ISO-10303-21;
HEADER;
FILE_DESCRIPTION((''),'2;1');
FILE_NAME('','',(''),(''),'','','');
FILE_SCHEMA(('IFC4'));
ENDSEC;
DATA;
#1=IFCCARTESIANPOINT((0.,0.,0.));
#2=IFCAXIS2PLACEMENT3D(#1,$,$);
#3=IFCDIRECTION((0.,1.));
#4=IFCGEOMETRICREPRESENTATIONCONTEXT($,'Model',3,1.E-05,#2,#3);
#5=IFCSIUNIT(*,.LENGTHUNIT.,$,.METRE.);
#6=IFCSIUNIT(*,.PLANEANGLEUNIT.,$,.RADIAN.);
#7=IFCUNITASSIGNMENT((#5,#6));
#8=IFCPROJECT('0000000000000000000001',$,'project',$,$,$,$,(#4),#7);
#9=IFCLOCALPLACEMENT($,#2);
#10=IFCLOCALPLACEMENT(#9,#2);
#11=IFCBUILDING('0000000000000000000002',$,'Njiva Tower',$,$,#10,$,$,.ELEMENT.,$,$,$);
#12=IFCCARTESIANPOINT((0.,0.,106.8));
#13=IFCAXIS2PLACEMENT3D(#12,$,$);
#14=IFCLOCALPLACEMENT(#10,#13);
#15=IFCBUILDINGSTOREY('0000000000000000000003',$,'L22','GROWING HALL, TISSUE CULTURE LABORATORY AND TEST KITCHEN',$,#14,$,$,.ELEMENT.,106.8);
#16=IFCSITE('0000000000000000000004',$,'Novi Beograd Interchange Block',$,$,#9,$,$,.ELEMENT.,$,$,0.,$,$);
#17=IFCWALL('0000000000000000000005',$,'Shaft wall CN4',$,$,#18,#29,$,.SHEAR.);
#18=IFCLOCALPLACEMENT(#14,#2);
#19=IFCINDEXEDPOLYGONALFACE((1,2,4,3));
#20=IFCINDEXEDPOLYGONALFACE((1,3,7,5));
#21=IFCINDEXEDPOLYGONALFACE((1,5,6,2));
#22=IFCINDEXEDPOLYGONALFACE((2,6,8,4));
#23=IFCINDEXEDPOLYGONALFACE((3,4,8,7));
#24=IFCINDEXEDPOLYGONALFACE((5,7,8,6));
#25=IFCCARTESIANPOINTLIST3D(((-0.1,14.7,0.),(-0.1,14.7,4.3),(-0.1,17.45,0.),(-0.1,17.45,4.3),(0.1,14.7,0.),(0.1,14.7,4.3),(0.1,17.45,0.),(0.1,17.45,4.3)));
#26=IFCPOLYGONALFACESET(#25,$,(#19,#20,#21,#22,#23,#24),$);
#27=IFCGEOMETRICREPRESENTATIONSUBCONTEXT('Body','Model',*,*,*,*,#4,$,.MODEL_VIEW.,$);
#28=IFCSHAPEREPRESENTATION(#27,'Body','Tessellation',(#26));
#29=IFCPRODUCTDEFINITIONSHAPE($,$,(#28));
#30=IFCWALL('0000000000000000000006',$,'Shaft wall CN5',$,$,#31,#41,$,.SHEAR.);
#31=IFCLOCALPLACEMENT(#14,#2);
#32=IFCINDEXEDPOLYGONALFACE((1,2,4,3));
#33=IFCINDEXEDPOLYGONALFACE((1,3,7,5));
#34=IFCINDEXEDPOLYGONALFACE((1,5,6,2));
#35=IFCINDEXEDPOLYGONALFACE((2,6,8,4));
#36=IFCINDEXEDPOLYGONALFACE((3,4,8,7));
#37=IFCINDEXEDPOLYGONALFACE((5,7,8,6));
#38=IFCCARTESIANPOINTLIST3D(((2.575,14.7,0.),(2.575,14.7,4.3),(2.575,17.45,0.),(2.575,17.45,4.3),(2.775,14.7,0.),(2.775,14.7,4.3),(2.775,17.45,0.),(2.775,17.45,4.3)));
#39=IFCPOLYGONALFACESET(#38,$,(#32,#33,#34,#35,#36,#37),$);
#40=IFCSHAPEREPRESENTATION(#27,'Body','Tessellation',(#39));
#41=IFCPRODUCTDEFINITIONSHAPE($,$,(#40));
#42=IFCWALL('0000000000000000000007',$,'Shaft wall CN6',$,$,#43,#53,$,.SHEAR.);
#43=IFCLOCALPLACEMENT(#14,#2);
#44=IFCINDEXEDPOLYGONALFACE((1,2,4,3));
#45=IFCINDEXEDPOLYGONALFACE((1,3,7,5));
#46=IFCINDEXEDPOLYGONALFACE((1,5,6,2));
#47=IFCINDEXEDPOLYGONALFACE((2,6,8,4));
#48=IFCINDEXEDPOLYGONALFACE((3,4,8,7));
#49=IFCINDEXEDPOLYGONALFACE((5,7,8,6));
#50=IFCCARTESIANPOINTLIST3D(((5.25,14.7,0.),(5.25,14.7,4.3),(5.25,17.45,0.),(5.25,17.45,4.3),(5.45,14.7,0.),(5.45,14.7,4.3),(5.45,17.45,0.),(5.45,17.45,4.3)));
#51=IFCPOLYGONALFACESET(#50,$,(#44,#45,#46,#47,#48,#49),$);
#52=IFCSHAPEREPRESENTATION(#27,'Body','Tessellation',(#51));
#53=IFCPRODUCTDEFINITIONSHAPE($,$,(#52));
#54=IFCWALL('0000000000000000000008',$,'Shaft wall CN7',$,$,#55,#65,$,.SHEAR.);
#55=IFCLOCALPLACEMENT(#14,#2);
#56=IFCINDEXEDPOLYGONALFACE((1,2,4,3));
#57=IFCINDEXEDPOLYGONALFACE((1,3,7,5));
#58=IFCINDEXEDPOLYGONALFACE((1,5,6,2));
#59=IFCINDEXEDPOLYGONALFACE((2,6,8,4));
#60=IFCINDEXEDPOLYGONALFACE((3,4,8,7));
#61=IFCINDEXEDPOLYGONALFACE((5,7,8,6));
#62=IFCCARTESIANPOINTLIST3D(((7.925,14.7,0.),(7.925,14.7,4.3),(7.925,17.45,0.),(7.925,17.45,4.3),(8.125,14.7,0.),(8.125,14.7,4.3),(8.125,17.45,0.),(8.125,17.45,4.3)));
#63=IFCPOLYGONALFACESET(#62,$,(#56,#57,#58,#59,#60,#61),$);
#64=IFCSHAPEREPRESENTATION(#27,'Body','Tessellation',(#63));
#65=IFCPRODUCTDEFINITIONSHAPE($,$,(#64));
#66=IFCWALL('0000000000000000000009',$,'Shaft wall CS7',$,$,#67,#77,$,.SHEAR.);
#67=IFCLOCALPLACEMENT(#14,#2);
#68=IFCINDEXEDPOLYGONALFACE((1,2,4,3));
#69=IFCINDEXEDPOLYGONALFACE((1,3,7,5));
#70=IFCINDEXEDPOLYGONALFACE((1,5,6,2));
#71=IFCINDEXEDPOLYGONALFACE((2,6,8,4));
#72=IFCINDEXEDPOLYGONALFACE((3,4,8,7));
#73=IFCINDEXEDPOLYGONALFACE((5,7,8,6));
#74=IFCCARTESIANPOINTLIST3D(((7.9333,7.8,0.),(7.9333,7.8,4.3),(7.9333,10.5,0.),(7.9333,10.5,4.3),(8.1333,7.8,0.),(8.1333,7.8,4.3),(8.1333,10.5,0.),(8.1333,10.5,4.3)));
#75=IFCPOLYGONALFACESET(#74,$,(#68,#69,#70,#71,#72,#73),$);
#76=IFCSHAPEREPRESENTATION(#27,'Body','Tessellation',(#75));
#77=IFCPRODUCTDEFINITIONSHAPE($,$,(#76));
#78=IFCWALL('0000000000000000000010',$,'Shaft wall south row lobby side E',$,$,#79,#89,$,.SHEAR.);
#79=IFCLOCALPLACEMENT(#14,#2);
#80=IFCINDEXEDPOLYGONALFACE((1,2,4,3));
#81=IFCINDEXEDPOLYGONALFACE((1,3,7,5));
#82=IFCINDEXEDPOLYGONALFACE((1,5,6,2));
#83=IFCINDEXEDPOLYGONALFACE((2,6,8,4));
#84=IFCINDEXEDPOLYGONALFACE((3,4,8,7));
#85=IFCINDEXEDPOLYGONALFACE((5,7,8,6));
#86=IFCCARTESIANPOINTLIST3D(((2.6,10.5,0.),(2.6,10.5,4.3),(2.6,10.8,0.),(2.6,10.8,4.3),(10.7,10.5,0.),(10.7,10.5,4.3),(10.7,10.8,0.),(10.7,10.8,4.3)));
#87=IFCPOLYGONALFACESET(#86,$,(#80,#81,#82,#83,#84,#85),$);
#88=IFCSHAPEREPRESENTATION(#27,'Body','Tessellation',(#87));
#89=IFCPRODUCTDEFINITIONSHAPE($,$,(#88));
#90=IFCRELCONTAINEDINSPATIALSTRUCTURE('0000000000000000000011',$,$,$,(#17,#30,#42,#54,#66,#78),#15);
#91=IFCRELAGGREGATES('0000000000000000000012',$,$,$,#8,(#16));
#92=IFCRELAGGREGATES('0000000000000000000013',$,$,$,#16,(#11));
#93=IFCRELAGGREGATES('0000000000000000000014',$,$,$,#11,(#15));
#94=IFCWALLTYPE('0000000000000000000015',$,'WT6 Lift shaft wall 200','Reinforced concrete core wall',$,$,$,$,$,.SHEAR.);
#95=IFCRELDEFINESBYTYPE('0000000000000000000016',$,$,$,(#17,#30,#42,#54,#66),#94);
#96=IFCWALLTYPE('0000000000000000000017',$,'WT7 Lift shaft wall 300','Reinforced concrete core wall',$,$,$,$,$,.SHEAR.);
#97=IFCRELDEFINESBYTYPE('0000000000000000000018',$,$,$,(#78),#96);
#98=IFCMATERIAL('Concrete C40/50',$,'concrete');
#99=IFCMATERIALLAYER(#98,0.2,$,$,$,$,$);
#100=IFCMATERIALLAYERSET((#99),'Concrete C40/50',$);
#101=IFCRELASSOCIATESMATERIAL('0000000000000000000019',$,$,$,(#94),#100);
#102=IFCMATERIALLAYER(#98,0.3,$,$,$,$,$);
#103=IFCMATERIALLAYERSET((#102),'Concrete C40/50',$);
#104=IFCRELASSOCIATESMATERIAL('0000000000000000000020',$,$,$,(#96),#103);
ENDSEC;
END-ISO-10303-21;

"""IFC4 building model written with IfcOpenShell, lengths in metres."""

from ifc_helpers import new_model, si_unit, direction, frame, frame_2d, origin, place, context, subcontext, project, spatial, rectangle, extrude, material, layer, layer_set, type_object, element, save


model = new_model("IFC4")

# Units and contexts
model_context = context("Model", 3, precision=1e-05, world=origin(), true_north=direction((0.0, 1.0)))
body_context = subcontext(model_context, "Body", "Model", "MODEL_VIEW")
ifc_project = project(units=[si_unit("LENGTHUNIT", "METRE"), si_unit("PLANEANGLEUNIT", "RADIAN")], contexts=[model_context])

# Site, building, storey
site_placement = place(None, origin())
site = spatial("IfcSite", under=ifc_project, at=site_placement, Name="Novi Beograd Interchange Block", CompositionType="ELEMENT", RefElevation=0.0)
building_placement = place(site_placement, origin())
building = spatial("IfcBuilding", under=site, at=building_placement, Name="Njiva Tower", CompositionType="ELEMENT")
storey_placement = place(building_placement, frame((0.0, 0.0, 106.8)))
storey = spatial("IfcBuildingStorey", under=building, at=storey_placement, Name="L22", Description="GROWING HALL, TISSUE CULTURE LABORATORY AND TEST KITCHEN", CompositionType="ELEMENT", Elevation=106.8)

# Shared definitions
ifc_material_1 = material(Name="Concrete C40/50", Category="concrete")

# Walls
ifc_layer_1 = layer(ifc_material_1, 0.2)
ifc_layer_set_1 = layer_set([ifc_layer_1], Name="Concrete C40/50")
wall_type_1 = type_object("IfcWallType", Name="WT6 Lift shaft wall 200", Description="Reinforced concrete core wall", PredefinedType="SHEAR", material=ifc_layer_set_1)
for number, where, z_axis, x_axis, name in (
    (1, (0.0, 14.7, 0.0), (0.0, 0.0, 1.0), (0.0, 1.0, 0.0), "Shaft wall CN4"),
    (2, (2.675, 14.7, 0.0), (0.0, 0.0, 1.0), (0.0, 1.0, 0.0), "Shaft wall CN5"),
    (3, (5.35, 14.7, 0.0), (0.0, 0.0, 1.0), (0.0, 1.0, 0.0), "Shaft wall CN6"),
    (4, (8.025, 14.7, 0.0), (0.0, 0.0, 1.0), (0.0, 1.0, 0.0), "Shaft wall CN7"),
):
    element("IfcWall", number, at=place(storey_placement, frame(where, z_axis=z_axis, x_axis=x_axis)), inside=storey, type_object=wall_type_1, Name=name, PredefinedType="SHEAR", context=body_context, shape_type="SweptSolid", body=[
        extrude(rectangle(XDim=2.75, YDim=0.2, at=frame_2d((1.375, 0.0))), origin(), (0.0, 0.0, 1.0), 4.3),
    ])
wall_1_placement = place(storey_placement, frame((8.0333, 7.8, 0.0), z_axis=(0.0, 0.0, 1.0), x_axis=(0.0, 1.0, 0.0)))
element("IfcWall", 5, at=wall_1_placement, inside=storey, type_object=wall_type_1, Name="Shaft wall CS7", PredefinedType="SHEAR", context=body_context, shape_type="SweptSolid", body=[
    extrude(rectangle(XDim=2.7, YDim=0.2, at=frame_2d((1.35, 0.0))), origin(), (0.0, 0.0, 1.0), 4.3),
])
ifc_layer_2 = layer(ifc_material_1, 0.3)
ifc_layer_set_2 = layer_set([ifc_layer_2], Name="Concrete C40/50")
wall_type_2 = type_object("IfcWallType", Name="WT7 Lift shaft wall 300", Description="Reinforced concrete core wall", PredefinedType="SHEAR", material=ifc_layer_set_2)
wall_2_placement = place(storey_placement, frame((2.6, 10.65, 0.0), z_axis=(0.0, 0.0, 1.0), x_axis=(1.0, 0.0, 0.0)))
element("IfcWall", 6, at=wall_2_placement, inside=storey, type_object=wall_type_2, Name="Shaft wall south row lobby side E", PredefinedType="SHEAR", context=body_context, shape_type="SweptSolid", body=[
    extrude(rectangle(XDim=8.1, YDim=0.3, at=frame_2d((4.05, 0.0))), origin(), (0.0, 0.0, 1.0), 4.3),
])

save(model, "model.ifc")
